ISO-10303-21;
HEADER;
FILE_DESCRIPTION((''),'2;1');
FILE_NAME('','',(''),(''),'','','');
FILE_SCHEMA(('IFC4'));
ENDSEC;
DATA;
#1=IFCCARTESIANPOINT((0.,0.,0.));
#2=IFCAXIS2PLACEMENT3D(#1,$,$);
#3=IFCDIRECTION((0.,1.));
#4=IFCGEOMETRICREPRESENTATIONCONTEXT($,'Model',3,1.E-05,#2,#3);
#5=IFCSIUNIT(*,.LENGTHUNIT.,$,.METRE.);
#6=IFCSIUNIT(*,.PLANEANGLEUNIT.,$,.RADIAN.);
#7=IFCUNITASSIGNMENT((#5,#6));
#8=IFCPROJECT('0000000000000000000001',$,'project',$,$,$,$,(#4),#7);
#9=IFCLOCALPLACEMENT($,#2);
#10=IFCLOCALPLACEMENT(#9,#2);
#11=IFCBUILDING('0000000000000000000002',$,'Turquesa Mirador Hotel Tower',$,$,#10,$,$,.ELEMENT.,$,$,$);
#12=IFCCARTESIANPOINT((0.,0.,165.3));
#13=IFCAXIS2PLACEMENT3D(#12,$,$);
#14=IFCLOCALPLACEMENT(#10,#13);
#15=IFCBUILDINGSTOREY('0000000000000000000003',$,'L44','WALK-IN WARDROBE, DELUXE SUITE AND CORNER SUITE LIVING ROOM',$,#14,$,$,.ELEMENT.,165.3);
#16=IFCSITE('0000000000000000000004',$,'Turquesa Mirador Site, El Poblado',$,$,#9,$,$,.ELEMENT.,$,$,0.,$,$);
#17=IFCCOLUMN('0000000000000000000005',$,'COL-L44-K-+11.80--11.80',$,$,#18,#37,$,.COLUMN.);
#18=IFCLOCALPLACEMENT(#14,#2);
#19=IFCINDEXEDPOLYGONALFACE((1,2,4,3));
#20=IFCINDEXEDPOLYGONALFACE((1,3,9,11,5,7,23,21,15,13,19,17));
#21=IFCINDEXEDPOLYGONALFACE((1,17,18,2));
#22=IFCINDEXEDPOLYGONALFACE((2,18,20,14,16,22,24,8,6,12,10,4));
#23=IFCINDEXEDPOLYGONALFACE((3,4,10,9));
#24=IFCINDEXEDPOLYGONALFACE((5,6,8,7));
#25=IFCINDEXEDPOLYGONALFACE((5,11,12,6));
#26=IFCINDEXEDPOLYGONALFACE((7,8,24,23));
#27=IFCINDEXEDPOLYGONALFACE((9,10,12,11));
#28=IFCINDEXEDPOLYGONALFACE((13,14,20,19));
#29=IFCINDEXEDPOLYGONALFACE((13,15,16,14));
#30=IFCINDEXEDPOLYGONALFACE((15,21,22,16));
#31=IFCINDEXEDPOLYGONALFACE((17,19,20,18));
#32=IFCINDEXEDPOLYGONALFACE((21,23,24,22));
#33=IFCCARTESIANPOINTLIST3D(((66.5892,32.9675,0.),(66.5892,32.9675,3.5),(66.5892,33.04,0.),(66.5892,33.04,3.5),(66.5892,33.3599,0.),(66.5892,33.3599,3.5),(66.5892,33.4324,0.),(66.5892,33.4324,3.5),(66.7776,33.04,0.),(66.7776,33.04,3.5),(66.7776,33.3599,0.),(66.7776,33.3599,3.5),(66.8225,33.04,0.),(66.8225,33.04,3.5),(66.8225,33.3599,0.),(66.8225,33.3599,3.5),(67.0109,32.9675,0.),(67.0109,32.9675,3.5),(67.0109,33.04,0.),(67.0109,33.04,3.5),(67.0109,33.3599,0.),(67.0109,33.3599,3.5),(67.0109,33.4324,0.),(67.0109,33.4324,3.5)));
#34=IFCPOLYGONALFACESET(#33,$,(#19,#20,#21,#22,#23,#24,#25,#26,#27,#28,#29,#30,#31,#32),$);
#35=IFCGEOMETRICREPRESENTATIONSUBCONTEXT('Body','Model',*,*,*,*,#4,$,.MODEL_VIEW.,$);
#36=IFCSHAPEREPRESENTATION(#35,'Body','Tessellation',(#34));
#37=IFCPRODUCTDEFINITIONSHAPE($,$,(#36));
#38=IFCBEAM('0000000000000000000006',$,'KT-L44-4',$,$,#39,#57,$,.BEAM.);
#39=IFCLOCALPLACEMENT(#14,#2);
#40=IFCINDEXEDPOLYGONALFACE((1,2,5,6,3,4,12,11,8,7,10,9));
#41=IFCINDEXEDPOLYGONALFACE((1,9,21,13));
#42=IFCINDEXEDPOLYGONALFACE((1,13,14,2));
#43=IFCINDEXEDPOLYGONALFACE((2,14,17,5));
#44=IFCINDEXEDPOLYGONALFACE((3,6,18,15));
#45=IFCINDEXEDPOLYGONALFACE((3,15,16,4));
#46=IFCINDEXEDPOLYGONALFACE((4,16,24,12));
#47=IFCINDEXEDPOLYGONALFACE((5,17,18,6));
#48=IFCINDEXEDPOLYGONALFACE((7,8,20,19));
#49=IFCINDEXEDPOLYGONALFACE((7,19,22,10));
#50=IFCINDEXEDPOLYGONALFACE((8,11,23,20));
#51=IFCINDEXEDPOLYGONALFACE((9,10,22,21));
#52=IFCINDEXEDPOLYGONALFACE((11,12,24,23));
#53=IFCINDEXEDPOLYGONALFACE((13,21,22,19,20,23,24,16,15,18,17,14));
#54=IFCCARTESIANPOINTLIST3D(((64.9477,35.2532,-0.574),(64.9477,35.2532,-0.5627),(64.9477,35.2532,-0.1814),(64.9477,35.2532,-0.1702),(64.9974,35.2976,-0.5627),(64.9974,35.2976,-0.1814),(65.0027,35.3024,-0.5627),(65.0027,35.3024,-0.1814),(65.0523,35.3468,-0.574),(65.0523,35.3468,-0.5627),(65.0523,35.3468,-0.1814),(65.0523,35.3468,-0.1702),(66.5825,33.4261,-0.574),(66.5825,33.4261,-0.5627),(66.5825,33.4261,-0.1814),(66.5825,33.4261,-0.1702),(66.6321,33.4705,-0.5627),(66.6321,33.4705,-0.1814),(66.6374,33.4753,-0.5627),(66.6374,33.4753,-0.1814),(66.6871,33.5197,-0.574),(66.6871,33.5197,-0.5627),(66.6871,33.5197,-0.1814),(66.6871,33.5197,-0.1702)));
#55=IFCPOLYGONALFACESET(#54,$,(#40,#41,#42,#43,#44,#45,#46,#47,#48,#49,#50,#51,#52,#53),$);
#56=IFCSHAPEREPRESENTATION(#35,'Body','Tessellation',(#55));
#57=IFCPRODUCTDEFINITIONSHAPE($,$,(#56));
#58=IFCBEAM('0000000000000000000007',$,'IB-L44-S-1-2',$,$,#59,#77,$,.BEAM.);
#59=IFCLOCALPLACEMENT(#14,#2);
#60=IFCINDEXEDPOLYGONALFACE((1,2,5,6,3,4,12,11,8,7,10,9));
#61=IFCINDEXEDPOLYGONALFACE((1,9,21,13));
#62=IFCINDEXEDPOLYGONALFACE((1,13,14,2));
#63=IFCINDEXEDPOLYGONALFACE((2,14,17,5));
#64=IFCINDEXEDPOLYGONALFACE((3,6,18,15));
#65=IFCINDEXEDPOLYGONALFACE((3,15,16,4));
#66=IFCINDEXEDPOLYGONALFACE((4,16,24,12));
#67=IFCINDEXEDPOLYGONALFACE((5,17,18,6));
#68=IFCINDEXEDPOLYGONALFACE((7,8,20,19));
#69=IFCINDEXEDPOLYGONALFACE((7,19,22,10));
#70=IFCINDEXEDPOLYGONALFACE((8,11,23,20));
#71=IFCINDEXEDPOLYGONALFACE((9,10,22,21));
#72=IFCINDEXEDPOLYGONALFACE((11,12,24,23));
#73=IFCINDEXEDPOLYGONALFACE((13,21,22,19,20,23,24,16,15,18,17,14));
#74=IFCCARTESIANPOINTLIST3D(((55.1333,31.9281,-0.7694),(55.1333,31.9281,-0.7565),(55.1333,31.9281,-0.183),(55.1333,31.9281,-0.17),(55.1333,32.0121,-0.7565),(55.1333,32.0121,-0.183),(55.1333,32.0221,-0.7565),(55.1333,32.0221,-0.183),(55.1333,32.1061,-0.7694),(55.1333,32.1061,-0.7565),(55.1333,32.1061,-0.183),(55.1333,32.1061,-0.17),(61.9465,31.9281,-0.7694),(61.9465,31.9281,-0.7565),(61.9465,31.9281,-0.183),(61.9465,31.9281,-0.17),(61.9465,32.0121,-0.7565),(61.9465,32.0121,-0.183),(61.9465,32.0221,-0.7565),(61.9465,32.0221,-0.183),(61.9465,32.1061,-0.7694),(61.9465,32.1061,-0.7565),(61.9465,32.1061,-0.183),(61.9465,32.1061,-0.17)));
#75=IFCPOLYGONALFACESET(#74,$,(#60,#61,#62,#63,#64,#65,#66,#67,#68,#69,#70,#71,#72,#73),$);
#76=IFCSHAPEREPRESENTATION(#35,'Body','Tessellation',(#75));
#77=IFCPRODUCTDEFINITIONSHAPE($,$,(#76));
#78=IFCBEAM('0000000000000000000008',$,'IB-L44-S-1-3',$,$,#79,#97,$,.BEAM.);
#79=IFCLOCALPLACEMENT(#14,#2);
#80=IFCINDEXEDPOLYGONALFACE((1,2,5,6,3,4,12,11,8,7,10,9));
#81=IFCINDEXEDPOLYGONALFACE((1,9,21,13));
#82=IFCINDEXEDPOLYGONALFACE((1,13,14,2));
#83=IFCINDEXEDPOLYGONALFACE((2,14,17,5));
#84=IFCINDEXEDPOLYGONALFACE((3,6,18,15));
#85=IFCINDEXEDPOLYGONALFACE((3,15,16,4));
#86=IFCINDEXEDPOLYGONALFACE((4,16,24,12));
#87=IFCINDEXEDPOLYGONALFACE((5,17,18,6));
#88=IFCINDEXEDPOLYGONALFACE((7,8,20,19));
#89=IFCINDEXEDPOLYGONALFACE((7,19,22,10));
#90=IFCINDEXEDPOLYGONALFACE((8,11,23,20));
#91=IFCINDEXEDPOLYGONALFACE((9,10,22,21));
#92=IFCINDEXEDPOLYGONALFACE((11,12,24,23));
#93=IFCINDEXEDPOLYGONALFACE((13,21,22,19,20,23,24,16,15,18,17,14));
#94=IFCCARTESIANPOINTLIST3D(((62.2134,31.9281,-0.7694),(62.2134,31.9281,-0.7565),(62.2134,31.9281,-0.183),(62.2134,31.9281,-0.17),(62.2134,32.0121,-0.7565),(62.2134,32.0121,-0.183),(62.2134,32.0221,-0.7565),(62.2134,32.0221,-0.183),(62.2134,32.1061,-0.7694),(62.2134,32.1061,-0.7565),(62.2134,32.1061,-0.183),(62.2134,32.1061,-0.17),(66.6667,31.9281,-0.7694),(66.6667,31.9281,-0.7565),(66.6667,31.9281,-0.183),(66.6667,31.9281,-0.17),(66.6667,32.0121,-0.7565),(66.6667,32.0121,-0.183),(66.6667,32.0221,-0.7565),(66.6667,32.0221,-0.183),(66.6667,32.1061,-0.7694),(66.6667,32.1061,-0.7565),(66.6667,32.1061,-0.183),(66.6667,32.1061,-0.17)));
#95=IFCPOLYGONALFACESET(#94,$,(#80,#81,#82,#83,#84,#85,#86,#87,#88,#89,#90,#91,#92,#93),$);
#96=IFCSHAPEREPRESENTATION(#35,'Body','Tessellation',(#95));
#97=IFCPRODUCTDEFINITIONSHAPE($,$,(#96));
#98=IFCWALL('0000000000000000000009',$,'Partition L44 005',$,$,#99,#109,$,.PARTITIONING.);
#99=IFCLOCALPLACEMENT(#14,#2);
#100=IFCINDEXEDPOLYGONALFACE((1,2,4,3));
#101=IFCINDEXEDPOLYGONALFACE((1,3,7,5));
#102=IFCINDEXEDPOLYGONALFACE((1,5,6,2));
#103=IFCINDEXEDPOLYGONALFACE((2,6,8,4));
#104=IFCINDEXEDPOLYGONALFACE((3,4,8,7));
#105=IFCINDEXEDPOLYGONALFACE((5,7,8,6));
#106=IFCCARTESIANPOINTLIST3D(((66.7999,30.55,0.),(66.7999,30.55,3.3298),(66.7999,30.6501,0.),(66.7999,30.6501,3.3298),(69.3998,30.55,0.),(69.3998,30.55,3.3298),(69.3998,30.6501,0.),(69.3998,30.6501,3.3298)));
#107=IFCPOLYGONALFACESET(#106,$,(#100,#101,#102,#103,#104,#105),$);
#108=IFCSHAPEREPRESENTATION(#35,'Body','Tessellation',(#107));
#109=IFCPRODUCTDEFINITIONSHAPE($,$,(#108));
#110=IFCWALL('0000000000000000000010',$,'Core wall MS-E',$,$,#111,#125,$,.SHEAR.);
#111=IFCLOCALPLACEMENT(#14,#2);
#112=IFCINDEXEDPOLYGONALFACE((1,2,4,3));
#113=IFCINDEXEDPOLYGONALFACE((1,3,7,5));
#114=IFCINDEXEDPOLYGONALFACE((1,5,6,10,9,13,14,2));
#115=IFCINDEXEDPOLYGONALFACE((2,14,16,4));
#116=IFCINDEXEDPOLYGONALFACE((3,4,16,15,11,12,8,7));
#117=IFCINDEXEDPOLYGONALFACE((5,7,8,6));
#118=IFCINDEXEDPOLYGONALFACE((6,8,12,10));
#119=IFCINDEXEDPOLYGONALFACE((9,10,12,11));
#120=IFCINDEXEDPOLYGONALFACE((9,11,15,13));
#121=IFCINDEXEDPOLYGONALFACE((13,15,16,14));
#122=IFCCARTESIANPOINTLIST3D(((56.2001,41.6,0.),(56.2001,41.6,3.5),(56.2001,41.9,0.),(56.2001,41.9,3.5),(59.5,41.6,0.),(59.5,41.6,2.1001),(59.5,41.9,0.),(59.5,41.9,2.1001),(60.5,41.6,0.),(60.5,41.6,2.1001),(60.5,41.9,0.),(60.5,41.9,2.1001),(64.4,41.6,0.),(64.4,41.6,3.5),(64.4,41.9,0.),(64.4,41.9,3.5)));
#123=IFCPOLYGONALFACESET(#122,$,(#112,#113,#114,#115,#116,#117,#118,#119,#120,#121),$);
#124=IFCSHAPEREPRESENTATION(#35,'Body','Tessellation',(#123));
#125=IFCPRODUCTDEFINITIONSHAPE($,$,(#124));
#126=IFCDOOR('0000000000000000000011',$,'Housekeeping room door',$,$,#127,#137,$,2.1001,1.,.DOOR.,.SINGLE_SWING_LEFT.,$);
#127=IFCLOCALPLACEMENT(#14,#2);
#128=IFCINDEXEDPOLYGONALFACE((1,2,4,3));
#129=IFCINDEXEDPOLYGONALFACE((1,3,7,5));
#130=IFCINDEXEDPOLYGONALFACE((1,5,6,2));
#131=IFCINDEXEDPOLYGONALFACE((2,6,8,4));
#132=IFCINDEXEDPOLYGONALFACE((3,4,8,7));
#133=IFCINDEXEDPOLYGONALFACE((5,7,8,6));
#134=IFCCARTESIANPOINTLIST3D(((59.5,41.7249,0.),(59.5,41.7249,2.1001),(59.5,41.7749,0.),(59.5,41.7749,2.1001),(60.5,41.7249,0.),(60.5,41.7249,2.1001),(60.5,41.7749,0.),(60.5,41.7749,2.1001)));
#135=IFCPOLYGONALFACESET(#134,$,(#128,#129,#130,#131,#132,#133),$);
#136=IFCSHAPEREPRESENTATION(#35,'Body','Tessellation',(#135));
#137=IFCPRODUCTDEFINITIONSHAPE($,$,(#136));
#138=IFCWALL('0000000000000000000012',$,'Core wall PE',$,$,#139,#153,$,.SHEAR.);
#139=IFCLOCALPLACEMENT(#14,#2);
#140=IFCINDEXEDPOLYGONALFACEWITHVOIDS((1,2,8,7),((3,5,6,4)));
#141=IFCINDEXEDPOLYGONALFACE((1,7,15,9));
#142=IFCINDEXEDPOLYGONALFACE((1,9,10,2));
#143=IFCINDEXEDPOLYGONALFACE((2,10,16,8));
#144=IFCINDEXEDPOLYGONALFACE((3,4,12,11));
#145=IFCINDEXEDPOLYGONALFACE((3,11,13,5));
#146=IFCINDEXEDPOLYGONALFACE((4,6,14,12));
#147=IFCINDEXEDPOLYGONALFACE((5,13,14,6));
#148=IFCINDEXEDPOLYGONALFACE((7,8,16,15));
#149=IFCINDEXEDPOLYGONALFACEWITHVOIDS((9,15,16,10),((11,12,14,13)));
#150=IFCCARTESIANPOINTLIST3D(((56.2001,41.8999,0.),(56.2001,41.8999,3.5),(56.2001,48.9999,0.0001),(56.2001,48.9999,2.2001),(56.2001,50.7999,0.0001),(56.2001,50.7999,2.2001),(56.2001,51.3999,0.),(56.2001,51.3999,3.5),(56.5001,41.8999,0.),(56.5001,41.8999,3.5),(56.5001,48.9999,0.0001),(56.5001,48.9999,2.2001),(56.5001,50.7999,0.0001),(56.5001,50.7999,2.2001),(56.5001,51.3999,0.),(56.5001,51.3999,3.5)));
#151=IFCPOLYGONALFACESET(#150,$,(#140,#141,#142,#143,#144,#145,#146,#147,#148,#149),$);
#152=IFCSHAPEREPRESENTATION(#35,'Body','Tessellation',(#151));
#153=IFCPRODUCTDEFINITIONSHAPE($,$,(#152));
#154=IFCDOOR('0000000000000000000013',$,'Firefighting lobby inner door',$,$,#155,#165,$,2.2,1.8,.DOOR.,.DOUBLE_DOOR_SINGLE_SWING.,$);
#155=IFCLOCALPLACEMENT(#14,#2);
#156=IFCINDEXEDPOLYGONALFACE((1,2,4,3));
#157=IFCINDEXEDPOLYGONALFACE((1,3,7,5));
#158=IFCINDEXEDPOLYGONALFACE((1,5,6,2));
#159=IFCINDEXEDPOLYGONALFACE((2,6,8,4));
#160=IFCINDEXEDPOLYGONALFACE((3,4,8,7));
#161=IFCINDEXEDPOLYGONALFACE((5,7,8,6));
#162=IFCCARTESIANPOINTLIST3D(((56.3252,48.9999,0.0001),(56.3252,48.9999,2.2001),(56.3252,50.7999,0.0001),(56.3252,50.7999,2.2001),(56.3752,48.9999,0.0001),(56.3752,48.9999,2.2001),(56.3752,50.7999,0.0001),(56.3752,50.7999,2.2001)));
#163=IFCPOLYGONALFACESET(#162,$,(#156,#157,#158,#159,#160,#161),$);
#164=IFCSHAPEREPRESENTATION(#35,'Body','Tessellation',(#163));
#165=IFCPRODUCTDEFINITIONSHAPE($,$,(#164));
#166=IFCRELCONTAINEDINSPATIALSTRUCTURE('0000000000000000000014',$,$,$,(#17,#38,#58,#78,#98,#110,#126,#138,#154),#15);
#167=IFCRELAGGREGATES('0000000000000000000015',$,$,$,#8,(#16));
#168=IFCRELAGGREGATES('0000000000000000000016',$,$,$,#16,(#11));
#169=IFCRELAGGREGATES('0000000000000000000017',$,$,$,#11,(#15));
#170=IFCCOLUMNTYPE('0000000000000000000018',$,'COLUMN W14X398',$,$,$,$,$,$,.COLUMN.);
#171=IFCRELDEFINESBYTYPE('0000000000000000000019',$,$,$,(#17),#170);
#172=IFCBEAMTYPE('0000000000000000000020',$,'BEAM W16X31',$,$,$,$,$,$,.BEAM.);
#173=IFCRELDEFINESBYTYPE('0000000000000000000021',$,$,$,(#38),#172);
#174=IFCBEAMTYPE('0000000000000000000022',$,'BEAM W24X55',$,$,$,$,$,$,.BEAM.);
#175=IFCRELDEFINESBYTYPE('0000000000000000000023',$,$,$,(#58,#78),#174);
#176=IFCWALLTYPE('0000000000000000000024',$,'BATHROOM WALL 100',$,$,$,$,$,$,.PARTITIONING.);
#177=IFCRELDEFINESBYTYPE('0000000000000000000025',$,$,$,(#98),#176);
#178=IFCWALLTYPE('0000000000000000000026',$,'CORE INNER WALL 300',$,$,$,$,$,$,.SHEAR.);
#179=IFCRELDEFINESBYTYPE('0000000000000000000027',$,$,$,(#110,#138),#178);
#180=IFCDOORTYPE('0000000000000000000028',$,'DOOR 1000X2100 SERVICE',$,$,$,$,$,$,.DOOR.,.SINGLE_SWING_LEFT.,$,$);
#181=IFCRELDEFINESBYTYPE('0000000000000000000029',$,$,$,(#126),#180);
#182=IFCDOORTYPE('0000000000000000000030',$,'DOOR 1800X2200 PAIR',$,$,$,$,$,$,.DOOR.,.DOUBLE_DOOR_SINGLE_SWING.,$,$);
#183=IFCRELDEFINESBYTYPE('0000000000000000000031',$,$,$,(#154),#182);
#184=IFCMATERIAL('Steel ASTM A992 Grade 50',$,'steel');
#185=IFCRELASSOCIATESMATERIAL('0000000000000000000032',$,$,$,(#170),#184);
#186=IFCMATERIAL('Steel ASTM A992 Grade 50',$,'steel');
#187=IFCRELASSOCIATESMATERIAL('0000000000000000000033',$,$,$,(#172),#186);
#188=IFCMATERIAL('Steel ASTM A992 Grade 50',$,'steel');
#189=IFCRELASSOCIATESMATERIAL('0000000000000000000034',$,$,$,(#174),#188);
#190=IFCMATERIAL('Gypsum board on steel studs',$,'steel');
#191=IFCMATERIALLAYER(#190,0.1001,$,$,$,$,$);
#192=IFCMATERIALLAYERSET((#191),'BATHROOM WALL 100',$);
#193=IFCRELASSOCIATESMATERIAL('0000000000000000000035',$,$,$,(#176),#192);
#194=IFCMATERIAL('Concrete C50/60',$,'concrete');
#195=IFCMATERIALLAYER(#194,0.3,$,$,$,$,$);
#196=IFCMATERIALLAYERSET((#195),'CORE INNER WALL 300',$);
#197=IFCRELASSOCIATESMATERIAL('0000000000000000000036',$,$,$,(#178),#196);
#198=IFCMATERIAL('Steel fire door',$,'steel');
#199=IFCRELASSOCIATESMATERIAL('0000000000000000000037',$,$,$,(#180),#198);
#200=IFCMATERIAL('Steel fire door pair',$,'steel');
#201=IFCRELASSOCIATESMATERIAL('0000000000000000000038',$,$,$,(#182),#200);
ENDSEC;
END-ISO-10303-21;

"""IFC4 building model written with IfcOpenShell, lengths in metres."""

from ifc_helpers import new_model, si_unit, direction, frame, frame_2d, origin, origin_2d, place, context, subcontext, project, spatial, rectangle, i_section, extrude, material, layer, layer_set, material_profile, profile_set, type_object, element, fill, save


model = new_model("IFC4")

# Units and contexts
model_context = context("Model", 3, precision=1e-05, world=origin(), true_north=direction((0.0, 1.0)))
body_context = subcontext(model_context, "Body", "Model", "MODEL_VIEW")
ifc_project = project(units=[si_unit("LENGTHUNIT", "METRE"), si_unit("PLANEANGLEUNIT", "RADIAN")], contexts=[model_context])

# Site, building, storey
site_placement = place(None, origin())
site = spatial("IfcSite", under=ifc_project, at=site_placement, Name="Turquesa Mirador Site, El Poblado", CompositionType="ELEMENT", RefElevation=0.0)
building_placement = place(site_placement, origin())
building = spatial("IfcBuilding", under=site, at=building_placement, Name="Turquesa Mirador Hotel Tower", CompositionType="ELEMENT")
storey_placement = place(building_placement, frame((0.0, 0.0, 165.3)))
storey = spatial("IfcBuildingStorey", under=building, at=storey_placement, Name="L44", Description="WALK-IN WARDROBE, DELUXE SUITE AND CORNER SUITE LIVING ROOM", CompositionType="ELEMENT", Elevation=165.3)

# Column
ifc_material_1 = material(Name="Steel ASTM A992 Grade 50", Category="steel")
ifc_material_profile_1 = material_profile(ifc_material_1, i_section(OverallWidth=0.4216, OverallDepth=0.4648, WebThickness=0.0449, FlangeThickness=0.0725, at=origin_2d()), Name="W14X398")
ifc_profile_set_1 = profile_set([ifc_material_profile_1], Name="Steel ASTM A992 Grade 50")
column_type = type_object("IfcColumnType", Name="COLUMN W14X398", PredefinedType="COLUMN", material=ifc_profile_set_1)
column_placement = place(storey_placement, frame((66.8, 33.2, 0.0), z_axis=(0.0, 0.0, 1.0), x_axis=(1.0, 0.0, 0.0)))
element("IfcColumn", 1, at=column_placement, inside=storey, type_object=column_type, Name="COL-L44-K-+11.80--11.80", PredefinedType="COLUMN", context=body_context, shape_type="SweptSolid", body=[
    extrude(i_section(OverallWidth=0.4216, OverallDepth=0.4648, WebThickness=0.0449, FlangeThickness=0.0725, at=origin_2d()), origin(), (0.0, 0.0, 1.0), 3.5),
])

# Beams
ifc_material_2 = material(Name="Steel ASTM A992 Grade 50", Category="steel")
ifc_material_profile_2 = material_profile(ifc_material_2, i_section(OverallWidth=0.1404, OverallDepth=0.4038, WebThickness=0.0071, FlangeThickness=0.0112, at=origin_2d()), Name="W16X31")
ifc_profile_set_2 = profile_set([ifc_material_profile_2], Name="Steel ASTM A992 Grade 50")
beam_type_1 = type_object("IfcBeamType", Name="BEAM W16X31", PredefinedType="BEAM", material=ifc_profile_set_2)
beam_1_placement = place(storey_placement, frame((66.6348, 33.4729, -0.3721), z_axis=(-0.666783, 0.745252, 0.0), x_axis=(-0.745252, -0.666783, 0.0)))
element("IfcBeam", 2, at=beam_1_placement, inside=storey, type_object=beam_type_1, Name="KT-L44-4", PredefinedType="BEAM", context=body_context, shape_type="SweptSolid", body=[
    extrude(i_section(OverallWidth=0.1404, OverallDepth=0.4038, WebThickness=0.0071, FlangeThickness=0.0112, at=origin_2d()), origin(), (0.0, 0.0, 1.0), 2.4517),
])
ifc_material_3 = material(Name="Steel ASTM A992 Grade 50", Category="steel")
ifc_material_profile_3 = material_profile(ifc_material_3, i_section(OverallWidth=0.178, OverallDepth=0.5994, WebThickness=0.01, FlangeThickness=0.0129, at=origin_2d()), Name="W24X55")
ifc_profile_set_3 = profile_set([ifc_material_profile_3], Name="Steel ASTM A992 Grade 50")
beam_type_2 = type_object("IfcBeamType", Name="BEAM W24X55", PredefinedType="BEAM", material=ifc_profile_set_3)
beam_2_placement = place(storey_placement, frame((55.1333, 32.0171, -0.4697), z_axis=(1.0, 0.0, 0.0), x_axis=(0.0, 1.0, 0.0)))
element("IfcBeam", 3, at=beam_2_placement, inside=storey, type_object=beam_type_2, Name="IB-L44-S-1-2", PredefinedType="BEAM", context=body_context, shape_type="SweptSolid", body=[
    extrude(i_section(OverallWidth=0.178, OverallDepth=0.5994, WebThickness=0.01, FlangeThickness=0.0129, at=origin_2d()), origin(), (0.0, 0.0, 1.0), 6.8132),
])
beam_3_placement = place(storey_placement, frame((62.2134, 32.0171, -0.4697), z_axis=(1.0, 0.0, 0.0), x_axis=(0.0, 1.0, 0.0)))
element("IfcBeam", 4, at=beam_3_placement, inside=storey, type_object=beam_type_2, Name="IB-L44-S-1-3", PredefinedType="BEAM", context=body_context, shape_type="SweptSolid", body=[
    extrude(i_section(OverallWidth=0.178, OverallDepth=0.5994, WebThickness=0.01, FlangeThickness=0.0129, at=origin_2d()), origin(), (0.0, 0.0, 1.0), 4.4534),
])

# Wall
ifc_material_4 = material(Name="Gypsum board on steel studs", Category="steel")
ifc_layer_1 = layer(ifc_material_4, 0.1001)
ifc_layer_set_1 = layer_set([ifc_layer_1], Name="BATHROOM WALL 100")
wall_type_1 = type_object("IfcWallType", Name="BATHROOM WALL 100", PredefinedType="PARTITIONING", material=ifc_layer_set_1)
wall_1_placement = place(storey_placement, frame((66.8, 30.6001, 0.0), z_axis=(0.0, 0.0, 1.0), x_axis=(1.0, 0.0, 0.0)))
element("IfcWall", 5, at=wall_1_placement, inside=storey, type_object=wall_type_1, Name="Partition L44 005", PredefinedType="PARTITIONING", context=body_context, shape_type="SweptSolid", body=[
    extrude(rectangle(XDim=2.5999, YDim=0.1001, at=frame_2d((1.2998, 0.0))), origin(), (0.0, 0.0, 1.0), 3.3298),
])

# Walls, openings, doors
ifc_material_5 = material(Name="Concrete C50/60", Category="concrete")
ifc_layer_2 = layer(ifc_material_5, 0.3)
ifc_layer_set_2 = layer_set([ifc_layer_2], Name="CORE INNER WALL 300")
wall_type_2 = type_object("IfcWallType", Name="CORE INNER WALL 300", PredefinedType="SHEAR", material=ifc_layer_set_2)
wall_2_placement = place(storey_placement, frame((56.2, 41.75, 0.0), z_axis=(0.0, 0.0, 1.0), x_axis=(1.0, 0.0, 0.0)))
wall_2 = element("IfcWall", 6, at=wall_2_placement, inside=storey, type_object=wall_type_2, Name="Core wall MS-E", PredefinedType="SHEAR", context=body_context, shape_type="SweptSolid", body=[
    extrude(rectangle(XDim=8.2, YDim=0.3, at=frame_2d((4.1001, 0.0))), origin(), (0.0, 0.0, 1.0), 3.5),
])
opening_1_placement = place(wall_2_placement, frame((3.3, 0.0, 0.0)))
opening_1 = element("IfcOpeningElement", 7, at=opening_1_placement, cuts=wall_2, PredefinedType="OPENING", context=body_context, shape_type="SweptSolid", body=[
    extrude(rectangle(XDim=1.0, YDim=2.1001, at=frame_2d((0.5, 1.05))), frame((0.0, 0.1599, 0.0), z_axis=(0.0, -1.0, 0.0), x_axis=(1.0, 0.0, 0.0)), (0.0, 0.0, 1.0), 0.3201),
])
ifc_material_6 = material(Name="Steel fire door", Category="steel")
door_type_1 = type_object("IfcDoorType", Name="DOOR 1000X2100 SERVICE", OperationType="SINGLE_SWING_LEFT", PredefinedType="DOOR", material=ifc_material_6)
door_1_placement = place(opening_1_placement, origin())
door_1 = element("IfcDoor", 8, at=door_1_placement, inside=storey, type_object=door_type_1, Name="Housekeeping room door", OperationType="SINGLE_SWING_LEFT", OverallHeight=2.1001, OverallWidth=1.0, PredefinedType="DOOR", context=body_context, shape_type="SweptSolid", body=[
    extrude(rectangle(XDim=1.0, YDim=2.1001, at=frame_2d((0.5, 1.05))), frame((0.0, 0.0249, 0.0), z_axis=(0.0, -1.0, 0.0), x_axis=(1.0, 0.0, 0.0)), (0.0, 0.0, 1.0), 0.05),
])
fill(opening_1, door_1)
wall_3_placement = place(storey_placement, frame((56.3501, 41.8999, 0.0), z_axis=(0.0, 0.0, 1.0), x_axis=(0.0, 1.0, 0.0)))
wall_3 = element("IfcWall", 9, at=wall_3_placement, inside=storey, type_object=wall_type_2, Name="Core wall PE", PredefinedType="SHEAR", context=body_context, shape_type="SweptSolid", body=[
    extrude(rectangle(XDim=9.5, YDim=0.3, at=frame_2d((4.75, 0.0))), origin(), (0.0, 0.0, 1.0), 3.5),
])
opening_2_placement = place(wall_3_placement, frame((7.1001, 0.0, 0.0)))
opening_2 = element("IfcOpeningElement", 10, at=opening_2_placement, cuts=wall_3, PredefinedType="OPENING", context=body_context, shape_type="SweptSolid", body=[
    extrude(rectangle(XDim=1.8, YDim=2.2, at=frame_2d((0.8999, 1.1001))), frame((0.0, 0.1599, 0.0), z_axis=(0.0, -1.0, 0.0), x_axis=(1.0, 0.0, 0.0)), (0.0, 0.0, 1.0), 0.3201),
])
ifc_material_7 = material(Name="Steel fire door pair", Category="steel")
door_type_2 = type_object("IfcDoorType", Name="DOOR 1800X2200 PAIR", OperationType="DOUBLE_DOOR_SINGLE_SWING", PredefinedType="DOOR", material=ifc_material_7)
door_2_placement = place(opening_2_placement, origin())
door_2 = element("IfcDoor", 11, at=door_2_placement, inside=storey, type_object=door_type_2, Name="Firefighting lobby inner door", OperationType="DOUBLE_DOOR_SINGLE_SWING", OverallHeight=2.2, OverallWidth=1.8, PredefinedType="DOOR", context=body_context, shape_type="SweptSolid", body=[
    extrude(rectangle(XDim=1.8, YDim=2.2, at=frame_2d((0.8999, 1.1001))), frame((0.0, 0.0249, 0.0), z_axis=(0.0, -1.0, 0.0), x_axis=(1.0, 0.0, 0.0)), (0.0, 0.0, 1.0), 0.05),
])
fill(opening_2, door_2)

save(model, "model.ifc")
